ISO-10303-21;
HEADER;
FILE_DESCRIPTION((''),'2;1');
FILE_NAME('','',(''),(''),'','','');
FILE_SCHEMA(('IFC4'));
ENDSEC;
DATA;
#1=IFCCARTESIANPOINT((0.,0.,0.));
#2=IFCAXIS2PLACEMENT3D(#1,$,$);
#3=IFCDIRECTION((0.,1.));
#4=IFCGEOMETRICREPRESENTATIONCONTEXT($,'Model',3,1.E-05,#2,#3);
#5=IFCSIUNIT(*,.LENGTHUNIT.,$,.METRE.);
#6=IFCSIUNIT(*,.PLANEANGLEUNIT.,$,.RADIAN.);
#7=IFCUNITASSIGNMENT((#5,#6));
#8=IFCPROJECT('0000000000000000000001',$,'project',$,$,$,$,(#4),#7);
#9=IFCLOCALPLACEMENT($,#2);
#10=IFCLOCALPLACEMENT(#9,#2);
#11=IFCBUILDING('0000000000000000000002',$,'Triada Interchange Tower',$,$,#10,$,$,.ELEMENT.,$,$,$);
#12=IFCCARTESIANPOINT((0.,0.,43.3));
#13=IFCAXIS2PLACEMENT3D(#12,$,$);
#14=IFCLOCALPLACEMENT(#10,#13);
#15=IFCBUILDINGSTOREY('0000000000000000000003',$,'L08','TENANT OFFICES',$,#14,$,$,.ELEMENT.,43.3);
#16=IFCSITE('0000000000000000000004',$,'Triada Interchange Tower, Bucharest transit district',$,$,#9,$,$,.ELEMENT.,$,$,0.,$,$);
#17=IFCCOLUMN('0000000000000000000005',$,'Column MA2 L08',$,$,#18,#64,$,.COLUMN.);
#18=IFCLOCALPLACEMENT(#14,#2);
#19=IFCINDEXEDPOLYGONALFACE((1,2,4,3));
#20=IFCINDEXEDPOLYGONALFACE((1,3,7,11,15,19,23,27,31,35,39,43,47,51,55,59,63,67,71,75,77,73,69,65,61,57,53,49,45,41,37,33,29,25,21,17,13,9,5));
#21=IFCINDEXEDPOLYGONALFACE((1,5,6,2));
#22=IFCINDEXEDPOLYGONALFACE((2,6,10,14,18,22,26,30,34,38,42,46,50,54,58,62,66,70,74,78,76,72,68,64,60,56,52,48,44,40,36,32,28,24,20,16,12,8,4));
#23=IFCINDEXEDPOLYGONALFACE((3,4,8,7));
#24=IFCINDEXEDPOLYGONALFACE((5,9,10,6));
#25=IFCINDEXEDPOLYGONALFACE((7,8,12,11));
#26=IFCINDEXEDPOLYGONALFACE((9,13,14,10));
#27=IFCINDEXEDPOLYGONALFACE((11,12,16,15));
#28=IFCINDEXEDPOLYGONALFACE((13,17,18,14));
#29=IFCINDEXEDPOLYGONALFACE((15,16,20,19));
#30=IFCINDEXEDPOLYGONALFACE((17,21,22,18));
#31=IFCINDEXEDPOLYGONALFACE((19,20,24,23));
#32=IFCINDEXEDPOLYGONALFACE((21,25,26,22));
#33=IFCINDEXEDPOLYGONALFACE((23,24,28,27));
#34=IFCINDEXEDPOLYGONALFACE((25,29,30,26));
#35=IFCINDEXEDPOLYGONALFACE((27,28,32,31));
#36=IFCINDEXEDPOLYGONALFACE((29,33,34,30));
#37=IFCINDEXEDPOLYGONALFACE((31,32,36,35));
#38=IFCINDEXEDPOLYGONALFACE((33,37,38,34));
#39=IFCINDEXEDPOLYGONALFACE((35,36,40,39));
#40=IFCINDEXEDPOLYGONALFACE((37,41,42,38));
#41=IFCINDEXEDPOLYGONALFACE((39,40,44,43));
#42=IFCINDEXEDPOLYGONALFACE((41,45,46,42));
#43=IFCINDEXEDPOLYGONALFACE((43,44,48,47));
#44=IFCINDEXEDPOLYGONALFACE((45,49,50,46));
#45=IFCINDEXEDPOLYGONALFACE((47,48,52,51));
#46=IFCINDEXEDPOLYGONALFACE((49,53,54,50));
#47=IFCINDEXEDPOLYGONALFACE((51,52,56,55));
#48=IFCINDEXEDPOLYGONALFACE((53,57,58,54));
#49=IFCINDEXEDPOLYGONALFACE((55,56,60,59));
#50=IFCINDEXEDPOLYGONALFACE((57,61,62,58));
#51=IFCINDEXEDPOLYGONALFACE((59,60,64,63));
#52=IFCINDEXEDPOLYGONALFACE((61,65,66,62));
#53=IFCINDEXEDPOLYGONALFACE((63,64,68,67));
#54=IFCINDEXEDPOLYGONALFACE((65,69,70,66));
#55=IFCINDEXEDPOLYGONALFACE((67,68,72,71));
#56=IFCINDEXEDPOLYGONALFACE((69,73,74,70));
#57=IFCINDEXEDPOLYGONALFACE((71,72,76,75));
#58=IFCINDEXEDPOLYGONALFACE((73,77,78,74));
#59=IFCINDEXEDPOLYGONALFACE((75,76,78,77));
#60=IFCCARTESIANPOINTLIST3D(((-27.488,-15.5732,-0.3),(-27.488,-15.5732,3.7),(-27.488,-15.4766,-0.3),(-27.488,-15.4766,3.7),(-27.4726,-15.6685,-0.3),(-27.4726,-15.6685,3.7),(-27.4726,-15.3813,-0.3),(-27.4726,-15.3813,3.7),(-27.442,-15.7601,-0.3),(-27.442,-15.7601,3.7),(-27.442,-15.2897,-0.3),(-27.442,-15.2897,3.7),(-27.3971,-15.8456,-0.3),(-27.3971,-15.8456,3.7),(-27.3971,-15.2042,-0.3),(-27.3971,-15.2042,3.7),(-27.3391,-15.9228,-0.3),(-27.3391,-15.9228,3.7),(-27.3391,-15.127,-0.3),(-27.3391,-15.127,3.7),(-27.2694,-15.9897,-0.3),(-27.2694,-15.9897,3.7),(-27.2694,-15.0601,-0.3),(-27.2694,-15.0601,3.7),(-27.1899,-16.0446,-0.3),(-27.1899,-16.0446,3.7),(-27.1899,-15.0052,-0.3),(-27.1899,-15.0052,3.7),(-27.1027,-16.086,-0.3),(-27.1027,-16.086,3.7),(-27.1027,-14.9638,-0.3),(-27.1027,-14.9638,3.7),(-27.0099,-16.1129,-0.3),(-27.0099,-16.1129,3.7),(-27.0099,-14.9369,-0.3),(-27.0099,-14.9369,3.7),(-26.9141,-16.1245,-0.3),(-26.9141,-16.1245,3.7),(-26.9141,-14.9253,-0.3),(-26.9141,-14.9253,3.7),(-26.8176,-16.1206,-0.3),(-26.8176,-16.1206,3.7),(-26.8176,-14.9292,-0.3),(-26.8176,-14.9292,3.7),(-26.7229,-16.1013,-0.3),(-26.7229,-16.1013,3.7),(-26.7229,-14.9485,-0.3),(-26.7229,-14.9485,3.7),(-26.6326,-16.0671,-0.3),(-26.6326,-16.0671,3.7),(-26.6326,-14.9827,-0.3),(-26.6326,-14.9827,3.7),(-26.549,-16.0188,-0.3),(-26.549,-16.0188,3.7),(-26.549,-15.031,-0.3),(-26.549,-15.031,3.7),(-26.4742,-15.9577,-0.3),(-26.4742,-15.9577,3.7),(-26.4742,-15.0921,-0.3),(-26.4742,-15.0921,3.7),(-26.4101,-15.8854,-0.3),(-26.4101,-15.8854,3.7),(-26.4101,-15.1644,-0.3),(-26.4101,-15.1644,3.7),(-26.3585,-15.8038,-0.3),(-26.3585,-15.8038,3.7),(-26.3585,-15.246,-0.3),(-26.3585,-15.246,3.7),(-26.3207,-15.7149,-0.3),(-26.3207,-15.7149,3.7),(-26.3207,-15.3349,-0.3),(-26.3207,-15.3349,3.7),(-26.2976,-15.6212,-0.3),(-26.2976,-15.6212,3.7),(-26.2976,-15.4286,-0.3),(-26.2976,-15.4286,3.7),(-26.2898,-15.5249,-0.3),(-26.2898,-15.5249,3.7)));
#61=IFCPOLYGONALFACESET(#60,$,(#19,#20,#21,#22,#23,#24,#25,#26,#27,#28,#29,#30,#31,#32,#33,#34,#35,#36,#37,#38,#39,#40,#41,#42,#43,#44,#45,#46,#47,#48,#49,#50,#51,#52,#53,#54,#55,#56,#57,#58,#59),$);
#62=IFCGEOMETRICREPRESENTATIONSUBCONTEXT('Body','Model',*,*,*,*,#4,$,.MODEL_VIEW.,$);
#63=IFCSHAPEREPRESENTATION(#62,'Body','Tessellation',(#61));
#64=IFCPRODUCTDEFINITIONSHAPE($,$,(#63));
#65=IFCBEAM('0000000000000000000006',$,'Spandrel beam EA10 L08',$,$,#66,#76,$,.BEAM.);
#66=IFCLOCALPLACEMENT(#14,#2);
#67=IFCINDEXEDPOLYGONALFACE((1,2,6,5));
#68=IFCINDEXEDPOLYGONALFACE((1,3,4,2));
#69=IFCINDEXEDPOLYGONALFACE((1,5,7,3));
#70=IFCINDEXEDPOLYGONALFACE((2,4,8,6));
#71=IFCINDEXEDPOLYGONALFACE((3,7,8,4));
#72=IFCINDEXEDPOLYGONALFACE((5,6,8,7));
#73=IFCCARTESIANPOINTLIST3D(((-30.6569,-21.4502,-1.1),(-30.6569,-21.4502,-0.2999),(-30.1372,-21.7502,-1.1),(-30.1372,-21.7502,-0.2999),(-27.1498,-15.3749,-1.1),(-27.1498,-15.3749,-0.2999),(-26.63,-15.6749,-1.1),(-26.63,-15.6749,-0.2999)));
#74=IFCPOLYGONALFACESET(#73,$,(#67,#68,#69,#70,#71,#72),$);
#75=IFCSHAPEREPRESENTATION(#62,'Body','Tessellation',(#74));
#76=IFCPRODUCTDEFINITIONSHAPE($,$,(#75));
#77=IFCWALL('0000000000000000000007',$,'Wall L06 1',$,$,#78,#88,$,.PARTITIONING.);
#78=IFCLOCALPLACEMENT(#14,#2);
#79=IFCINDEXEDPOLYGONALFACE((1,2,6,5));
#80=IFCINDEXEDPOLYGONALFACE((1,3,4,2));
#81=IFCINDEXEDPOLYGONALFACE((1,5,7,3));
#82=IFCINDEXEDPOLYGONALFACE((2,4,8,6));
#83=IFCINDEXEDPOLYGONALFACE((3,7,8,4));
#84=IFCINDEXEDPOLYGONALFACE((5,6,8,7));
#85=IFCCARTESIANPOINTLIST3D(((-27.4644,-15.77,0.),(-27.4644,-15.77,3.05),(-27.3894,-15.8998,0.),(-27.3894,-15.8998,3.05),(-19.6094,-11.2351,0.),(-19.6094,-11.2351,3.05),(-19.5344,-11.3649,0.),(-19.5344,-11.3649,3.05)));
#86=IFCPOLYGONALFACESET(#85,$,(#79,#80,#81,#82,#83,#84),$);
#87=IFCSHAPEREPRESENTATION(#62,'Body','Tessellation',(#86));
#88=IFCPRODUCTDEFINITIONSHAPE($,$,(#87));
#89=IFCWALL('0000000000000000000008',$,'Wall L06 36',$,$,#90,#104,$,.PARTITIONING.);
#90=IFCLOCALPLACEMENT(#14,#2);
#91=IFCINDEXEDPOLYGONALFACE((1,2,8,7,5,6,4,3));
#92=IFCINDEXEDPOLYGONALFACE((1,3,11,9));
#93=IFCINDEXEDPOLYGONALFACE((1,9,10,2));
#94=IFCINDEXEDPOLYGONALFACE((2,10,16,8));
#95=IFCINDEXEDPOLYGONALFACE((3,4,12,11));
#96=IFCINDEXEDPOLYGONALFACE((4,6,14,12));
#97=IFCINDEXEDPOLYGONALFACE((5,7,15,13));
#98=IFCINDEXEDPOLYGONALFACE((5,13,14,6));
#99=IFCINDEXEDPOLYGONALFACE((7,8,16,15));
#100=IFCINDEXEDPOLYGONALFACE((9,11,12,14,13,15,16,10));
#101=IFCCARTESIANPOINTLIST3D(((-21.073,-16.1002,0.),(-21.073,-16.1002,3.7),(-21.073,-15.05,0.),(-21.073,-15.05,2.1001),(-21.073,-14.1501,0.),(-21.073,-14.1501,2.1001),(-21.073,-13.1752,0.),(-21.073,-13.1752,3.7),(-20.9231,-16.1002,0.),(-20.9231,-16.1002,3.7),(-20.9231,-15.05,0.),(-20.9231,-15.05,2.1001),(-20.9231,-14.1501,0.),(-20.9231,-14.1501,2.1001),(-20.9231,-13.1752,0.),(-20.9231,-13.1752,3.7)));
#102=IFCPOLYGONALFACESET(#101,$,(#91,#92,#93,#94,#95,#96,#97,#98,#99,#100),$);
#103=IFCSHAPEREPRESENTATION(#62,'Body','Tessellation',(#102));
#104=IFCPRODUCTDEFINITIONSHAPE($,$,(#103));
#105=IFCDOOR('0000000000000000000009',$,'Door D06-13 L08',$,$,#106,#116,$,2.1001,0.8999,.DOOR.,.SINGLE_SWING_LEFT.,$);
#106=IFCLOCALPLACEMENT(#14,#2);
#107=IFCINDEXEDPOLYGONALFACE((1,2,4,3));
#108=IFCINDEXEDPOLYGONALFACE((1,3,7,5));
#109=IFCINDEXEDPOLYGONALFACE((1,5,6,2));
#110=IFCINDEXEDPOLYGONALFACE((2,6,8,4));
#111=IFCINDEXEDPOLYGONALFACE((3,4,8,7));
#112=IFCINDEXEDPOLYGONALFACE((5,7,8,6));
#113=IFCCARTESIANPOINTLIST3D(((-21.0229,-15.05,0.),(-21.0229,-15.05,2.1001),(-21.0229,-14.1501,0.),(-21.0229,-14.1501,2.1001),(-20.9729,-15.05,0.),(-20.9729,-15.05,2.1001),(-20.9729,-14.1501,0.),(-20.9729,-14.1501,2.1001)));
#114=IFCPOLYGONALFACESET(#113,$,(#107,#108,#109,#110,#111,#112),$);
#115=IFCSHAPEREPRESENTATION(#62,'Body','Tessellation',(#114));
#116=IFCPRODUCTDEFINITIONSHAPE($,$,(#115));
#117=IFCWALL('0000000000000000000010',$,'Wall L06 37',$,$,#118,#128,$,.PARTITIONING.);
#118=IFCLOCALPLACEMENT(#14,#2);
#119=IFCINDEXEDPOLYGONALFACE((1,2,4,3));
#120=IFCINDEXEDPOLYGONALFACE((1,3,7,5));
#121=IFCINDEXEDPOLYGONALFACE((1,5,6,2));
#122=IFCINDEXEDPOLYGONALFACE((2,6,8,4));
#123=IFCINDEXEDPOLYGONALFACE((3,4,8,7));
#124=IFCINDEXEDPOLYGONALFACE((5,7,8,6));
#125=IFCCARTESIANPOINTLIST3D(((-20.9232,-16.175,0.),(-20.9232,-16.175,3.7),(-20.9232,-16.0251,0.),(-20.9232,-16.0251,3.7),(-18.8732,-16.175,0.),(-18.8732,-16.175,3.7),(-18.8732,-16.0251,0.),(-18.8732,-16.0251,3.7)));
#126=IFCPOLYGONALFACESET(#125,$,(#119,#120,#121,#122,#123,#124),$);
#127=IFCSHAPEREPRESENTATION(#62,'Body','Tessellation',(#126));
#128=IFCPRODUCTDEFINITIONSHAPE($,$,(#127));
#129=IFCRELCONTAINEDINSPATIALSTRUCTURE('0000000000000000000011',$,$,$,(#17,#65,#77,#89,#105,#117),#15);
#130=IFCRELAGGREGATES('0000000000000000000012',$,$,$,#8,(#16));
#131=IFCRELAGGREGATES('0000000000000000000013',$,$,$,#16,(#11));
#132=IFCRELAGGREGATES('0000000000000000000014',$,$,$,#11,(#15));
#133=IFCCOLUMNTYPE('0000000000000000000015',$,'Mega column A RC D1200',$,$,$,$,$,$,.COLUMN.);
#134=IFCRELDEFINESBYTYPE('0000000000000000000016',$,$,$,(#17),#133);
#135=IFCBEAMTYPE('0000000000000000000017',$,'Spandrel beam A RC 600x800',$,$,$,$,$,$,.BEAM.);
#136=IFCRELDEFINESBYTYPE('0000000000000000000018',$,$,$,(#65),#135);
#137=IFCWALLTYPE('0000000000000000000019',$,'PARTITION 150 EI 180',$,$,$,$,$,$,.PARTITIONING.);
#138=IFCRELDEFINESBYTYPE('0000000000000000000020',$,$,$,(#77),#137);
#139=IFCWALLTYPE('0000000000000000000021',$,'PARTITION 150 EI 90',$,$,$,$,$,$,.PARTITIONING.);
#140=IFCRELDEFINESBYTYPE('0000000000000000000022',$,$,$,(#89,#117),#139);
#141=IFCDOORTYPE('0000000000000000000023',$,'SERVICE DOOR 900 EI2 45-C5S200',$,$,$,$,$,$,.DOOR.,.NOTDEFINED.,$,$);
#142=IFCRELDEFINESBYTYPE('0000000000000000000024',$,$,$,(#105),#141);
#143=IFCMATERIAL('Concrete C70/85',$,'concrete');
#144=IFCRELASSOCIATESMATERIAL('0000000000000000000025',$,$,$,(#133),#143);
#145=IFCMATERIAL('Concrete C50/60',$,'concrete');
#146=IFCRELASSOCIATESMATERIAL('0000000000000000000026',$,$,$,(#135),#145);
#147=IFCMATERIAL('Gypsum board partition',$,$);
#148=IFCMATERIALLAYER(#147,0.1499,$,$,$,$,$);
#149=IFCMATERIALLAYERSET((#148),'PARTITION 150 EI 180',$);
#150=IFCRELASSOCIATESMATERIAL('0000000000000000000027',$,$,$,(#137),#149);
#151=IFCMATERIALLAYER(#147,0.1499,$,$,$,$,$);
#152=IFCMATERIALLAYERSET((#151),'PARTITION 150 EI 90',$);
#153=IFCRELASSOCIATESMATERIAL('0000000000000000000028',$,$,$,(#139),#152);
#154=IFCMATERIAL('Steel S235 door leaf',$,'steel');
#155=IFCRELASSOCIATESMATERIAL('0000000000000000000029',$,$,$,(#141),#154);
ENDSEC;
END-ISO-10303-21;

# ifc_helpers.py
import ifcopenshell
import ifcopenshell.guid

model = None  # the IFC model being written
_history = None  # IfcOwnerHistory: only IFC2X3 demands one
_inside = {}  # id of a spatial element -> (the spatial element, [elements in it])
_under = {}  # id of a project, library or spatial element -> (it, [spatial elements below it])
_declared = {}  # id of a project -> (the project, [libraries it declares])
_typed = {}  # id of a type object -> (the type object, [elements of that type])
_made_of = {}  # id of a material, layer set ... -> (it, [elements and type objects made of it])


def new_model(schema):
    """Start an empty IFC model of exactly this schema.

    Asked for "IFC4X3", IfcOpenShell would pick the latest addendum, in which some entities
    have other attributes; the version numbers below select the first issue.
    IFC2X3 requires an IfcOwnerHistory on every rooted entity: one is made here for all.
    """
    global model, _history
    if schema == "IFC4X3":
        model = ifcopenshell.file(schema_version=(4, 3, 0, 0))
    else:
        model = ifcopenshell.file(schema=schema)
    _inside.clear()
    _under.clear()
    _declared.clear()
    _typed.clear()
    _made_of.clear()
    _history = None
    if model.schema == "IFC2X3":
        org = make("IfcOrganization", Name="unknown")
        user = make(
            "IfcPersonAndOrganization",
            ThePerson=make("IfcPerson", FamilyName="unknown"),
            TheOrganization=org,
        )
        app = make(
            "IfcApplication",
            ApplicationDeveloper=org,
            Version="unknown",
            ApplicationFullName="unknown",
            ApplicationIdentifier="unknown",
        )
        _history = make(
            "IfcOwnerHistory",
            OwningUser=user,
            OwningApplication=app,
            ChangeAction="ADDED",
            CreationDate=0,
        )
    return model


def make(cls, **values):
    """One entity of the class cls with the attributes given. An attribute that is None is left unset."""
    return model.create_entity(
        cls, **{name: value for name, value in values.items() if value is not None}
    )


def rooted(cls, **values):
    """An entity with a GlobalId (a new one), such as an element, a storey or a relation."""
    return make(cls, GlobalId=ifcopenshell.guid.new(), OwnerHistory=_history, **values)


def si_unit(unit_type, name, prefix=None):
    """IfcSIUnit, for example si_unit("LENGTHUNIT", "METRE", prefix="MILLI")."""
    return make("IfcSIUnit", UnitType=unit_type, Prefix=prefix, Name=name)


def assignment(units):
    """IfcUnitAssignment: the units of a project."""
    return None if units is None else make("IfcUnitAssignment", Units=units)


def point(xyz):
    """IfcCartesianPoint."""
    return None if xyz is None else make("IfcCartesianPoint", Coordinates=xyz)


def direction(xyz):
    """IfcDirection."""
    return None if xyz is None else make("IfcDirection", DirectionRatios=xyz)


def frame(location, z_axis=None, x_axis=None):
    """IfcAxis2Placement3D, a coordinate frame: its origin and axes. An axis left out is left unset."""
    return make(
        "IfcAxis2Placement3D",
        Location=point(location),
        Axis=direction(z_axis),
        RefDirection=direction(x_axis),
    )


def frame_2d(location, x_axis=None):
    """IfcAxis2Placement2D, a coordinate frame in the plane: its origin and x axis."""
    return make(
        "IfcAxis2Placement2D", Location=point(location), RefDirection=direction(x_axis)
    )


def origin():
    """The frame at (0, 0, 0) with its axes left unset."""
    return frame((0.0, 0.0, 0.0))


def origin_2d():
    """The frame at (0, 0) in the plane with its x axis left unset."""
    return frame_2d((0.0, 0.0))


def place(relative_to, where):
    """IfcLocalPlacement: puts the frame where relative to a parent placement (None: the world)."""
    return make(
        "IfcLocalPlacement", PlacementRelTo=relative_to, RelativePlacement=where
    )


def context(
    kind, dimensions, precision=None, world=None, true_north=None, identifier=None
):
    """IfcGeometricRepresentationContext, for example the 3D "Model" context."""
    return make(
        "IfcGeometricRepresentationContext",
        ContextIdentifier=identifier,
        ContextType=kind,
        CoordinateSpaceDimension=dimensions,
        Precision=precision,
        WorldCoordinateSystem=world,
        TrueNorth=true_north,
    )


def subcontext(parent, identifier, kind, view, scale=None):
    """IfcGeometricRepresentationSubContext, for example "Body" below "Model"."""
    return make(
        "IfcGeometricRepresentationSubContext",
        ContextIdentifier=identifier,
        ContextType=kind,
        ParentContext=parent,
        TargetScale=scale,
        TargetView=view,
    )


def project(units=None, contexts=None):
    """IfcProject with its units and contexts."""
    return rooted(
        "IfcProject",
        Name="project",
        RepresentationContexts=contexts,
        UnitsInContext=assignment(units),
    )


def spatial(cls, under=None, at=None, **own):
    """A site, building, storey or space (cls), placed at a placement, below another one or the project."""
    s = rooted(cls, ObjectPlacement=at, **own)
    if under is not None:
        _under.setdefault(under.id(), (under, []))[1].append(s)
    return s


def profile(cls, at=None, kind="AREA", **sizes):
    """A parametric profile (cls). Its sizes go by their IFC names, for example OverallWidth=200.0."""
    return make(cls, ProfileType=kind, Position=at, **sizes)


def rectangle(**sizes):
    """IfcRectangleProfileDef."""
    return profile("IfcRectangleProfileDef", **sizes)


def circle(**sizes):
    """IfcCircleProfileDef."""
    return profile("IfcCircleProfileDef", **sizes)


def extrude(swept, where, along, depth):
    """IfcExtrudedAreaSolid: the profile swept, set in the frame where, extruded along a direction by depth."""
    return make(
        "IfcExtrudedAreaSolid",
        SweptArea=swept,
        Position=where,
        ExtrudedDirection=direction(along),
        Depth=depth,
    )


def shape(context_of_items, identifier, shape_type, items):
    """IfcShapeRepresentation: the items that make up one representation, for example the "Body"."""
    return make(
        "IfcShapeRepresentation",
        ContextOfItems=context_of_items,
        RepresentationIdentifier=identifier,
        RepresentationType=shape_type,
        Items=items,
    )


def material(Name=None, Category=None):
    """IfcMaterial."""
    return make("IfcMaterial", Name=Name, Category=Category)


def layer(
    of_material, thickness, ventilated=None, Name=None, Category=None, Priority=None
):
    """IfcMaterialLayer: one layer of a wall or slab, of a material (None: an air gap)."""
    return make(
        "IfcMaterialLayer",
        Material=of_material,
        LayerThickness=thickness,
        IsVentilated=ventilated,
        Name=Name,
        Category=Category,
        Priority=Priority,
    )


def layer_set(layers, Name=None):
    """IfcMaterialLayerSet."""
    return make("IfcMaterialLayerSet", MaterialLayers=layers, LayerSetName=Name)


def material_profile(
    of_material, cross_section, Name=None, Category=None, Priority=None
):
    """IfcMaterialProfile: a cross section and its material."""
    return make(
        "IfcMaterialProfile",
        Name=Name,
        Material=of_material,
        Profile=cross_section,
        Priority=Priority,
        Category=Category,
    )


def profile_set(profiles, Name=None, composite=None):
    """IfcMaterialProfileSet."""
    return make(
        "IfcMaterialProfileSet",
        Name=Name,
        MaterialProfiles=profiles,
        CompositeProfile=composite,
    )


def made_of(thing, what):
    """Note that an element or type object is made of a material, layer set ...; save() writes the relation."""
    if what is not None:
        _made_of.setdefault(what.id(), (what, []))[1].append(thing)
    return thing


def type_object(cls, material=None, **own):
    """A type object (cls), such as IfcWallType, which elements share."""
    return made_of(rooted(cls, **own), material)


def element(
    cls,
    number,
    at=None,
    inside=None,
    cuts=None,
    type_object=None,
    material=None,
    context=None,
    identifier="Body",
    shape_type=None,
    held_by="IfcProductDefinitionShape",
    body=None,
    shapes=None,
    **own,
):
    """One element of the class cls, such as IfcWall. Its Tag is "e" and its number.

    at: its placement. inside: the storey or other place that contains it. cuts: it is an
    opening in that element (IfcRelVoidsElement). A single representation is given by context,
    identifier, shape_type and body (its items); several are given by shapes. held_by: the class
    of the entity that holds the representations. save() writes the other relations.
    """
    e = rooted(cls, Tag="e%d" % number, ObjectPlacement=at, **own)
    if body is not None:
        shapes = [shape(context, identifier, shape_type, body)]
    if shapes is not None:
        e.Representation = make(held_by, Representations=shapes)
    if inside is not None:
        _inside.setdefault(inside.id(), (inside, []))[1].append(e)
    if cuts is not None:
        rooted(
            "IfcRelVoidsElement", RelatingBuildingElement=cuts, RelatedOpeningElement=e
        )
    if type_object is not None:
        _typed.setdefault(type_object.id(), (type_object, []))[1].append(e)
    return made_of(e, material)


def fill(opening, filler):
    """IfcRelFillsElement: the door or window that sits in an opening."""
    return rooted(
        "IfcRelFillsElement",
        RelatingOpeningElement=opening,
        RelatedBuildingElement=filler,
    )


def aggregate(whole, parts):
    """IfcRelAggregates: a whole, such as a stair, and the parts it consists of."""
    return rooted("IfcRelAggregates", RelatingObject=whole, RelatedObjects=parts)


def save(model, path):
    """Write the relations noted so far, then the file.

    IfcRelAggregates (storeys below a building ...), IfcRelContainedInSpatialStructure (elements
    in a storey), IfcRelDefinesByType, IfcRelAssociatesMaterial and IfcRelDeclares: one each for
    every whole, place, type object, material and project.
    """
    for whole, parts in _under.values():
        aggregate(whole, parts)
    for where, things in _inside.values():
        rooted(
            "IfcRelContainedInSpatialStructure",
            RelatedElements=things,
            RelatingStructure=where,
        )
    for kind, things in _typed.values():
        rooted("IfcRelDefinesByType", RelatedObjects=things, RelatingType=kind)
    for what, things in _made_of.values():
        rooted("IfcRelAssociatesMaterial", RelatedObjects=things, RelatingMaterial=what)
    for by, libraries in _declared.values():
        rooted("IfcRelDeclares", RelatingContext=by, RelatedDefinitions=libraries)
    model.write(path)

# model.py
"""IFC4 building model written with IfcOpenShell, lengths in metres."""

from ifc_helpers import new_model, si_unit, direction, frame, frame_2d, origin, origin_2d, place, context, subcontext, project, spatial, rectangle, circle, extrude, material, layer, layer_set, material_profile, profile_set, type_object, element, fill, save


model = new_model("IFC4")

# Units and contexts
model_context = context("Model", 3, precision=1e-05, world=origin(), true_north=direction((0.0, 1.0)))
body_context = subcontext(model_context, "Body", "Model", "MODEL_VIEW")
ifc_project = project(units=[si_unit("LENGTHUNIT", "METRE"), si_unit("PLANEANGLEUNIT", "RADIAN")], contexts=[model_context])

# Site, building, storey
site_placement = place(None, origin())
site = spatial("IfcSite", under=ifc_project, at=site_placement, Name="Triada Interchange Tower, Bucharest transit district", CompositionType="ELEMENT", RefElevation=0.0)
building_placement = place(site_placement, origin())
building = spatial("IfcBuilding", under=site, at=building_placement, Name="Triada Interchange Tower", CompositionType="ELEMENT")
storey_placement = place(building_placement, frame((0.0, 0.0, 43.3)))
storey = spatial("IfcBuildingStorey", under=building, at=storey_placement, Name="L08", Description="TENANT OFFICES", CompositionType="ELEMENT", Elevation=43.3)

# Column
ifc_material_1 = material(Name="Concrete C70/85", Category="concrete")
ifc_material_profile_1 = material_profile(ifc_material_1, circle(Radius=0.6001, at=origin_2d()), Name="RC D1200")
ifc_profile_set_1 = profile_set([ifc_material_profile_1], Name="Concrete C70/85")
column_type = type_object("IfcColumnType", Name="Mega column A RC D1200", PredefinedType="COLUMN", material=ifc_profile_set_1)
column_placement = place(storey_placement, frame((-26.8899, -15.5249, -0.3), z_axis=(0.0, 0.0, 1.0), x_axis=(1.0, 0.0, 0.0)))
element("IfcColumn", 1, at=column_placement, inside=storey, type_object=column_type, Name="Column MA2 L08", PredefinedType="COLUMN", context=body_context, shape_type="SweptSolid", body=[
    extrude(circle(Radius=0.6001, at=origin_2d()), origin(), (0.0, 0.0, 1.0), 4.0),
])

# Beam
ifc_material_2 = material(Name="Concrete C50/60", Category="concrete")
ifc_material_profile_2 = material_profile(ifc_material_2, rectangle(XDim=0.6001, YDim=0.8, at=origin_2d()), Name="RC 600x800")
ifc_profile_set_2 = profile_set([ifc_material_profile_2], Name="Concrete C50/60")
beam_type = type_object("IfcBeamType", Name="Spandrel beam A RC 600x800", PredefinedType="BEAM", material=ifc_profile_set_2)
beam_placement = place(storey_placement, frame((-26.8899, -15.5249, -0.7), z_axis=(-0.499953, -0.866052, 0.0), x_axis=(0.866052, -0.499953, 0.0)))
element("IfcBeam", 2, at=beam_placement, inside=storey, type_object=beam_type, Name="Spandrel beam EA10 L08", PredefinedType="BEAM", context=body_context, shape_type="SweptSolid", body=[
    extrude(rectangle(XDim=0.6001, YDim=0.8, at=origin_2d()), origin(), (0.0, 0.0, 1.0), 7.0149),
])

# Wall
ifc_material_3 = material(Name="Gypsum board partition")
ifc_layer_1 = layer(ifc_material_3, 0.1499)
ifc_layer_set_1 = layer_set([ifc_layer_1], Name="PARTITION 150 EI 180")
wall_type_1 = type_object("IfcWallType", Name="PARTITION 150 EI 180", PredefinedType="PARTITIONING", material=ifc_layer_set_1)
wall_1_placement = place(storey_placement, frame((-27.427, -15.835, 0.0), z_axis=(0.0, 0.0, 1.0), x_axis=(0.866033, 0.499987, 0.0)))
element("IfcWall", 3, at=wall_1_placement, inside=storey, type_object=wall_type_1, Name="Wall L06 1", PredefinedType="PARTITIONING", context=body_context, shape_type="SweptSolid", body=[
    extrude(rectangle(XDim=9.0701, YDim=0.1499, at=frame_2d((4.5352, 0.0))), origin(), (0.0, 0.0, 1.0), 3.05),
])

# Wall, opening, door
ifc_layer_2 = layer(ifc_material_3, 0.1499)
ifc_layer_set_2 = layer_set([ifc_layer_2], Name="PARTITION 150 EI 90")
wall_type_2 = type_object("IfcWallType", Name="PARTITION 150 EI 90", PredefinedType="PARTITIONING", material=ifc_layer_set_2)
wall_2_placement = place(storey_placement, frame((-20.998, -16.1001, 0.0), z_axis=(0.0, 0.0, 1.0), x_axis=(0.0, 1.0, 0.0)))
wall_2 = element("IfcWall", 4, at=wall_2_placement, inside=storey, type_object=wall_type_2, Name="Wall L06 36", PredefinedType="PARTITIONING", context=body_context, shape_type="SweptSolid", body=[
    extrude(rectangle(XDim=2.925, YDim=0.1499, at=frame_2d((1.4624, 0.0))), origin(), (0.0, 0.0, 1.0), 3.7),
])
opening_placement = place(wall_2_placement, frame((1.05, 0.0, 0.0)))
opening = element("IfcOpeningElement", 5, at=opening_placement, cuts=wall_2, PredefinedType="OPENING", context=body_context, shape_type="SweptSolid", body=[
    extrude(rectangle(XDim=0.8999, YDim=2.1001, at=frame_2d((0.45, 1.05))), frame((0.0, 0.085, 0.0), z_axis=(0.0, -1.0, 0.0), x_axis=(1.0, 0.0, 0.0)), (0.0, 0.0, 1.0), 0.1699),
])
ifc_material_4 = material(Name="Steel S235 door leaf", Category="steel")
door_type = type_object("IfcDoorType", Name="SERVICE DOOR 900 EI2 45-C5S200", OperationType="NOTDEFINED", PredefinedType="DOOR", material=ifc_material_4)
door_placement = place(opening_placement, origin())
door = element("IfcDoor", 6, at=door_placement, inside=storey, type_object=door_type, Name="Door D06-13 L08", OperationType="SINGLE_SWING_LEFT", OverallHeight=2.1001, OverallWidth=0.8999, PredefinedType="DOOR", context=body_context, shape_type="SweptSolid", body=[
    extrude(rectangle(XDim=0.8999, YDim=2.1001, at=frame_2d((0.45, 1.05))), frame((0.0, 0.0249, 0.0), z_axis=(0.0, -1.0, 0.0), x_axis=(1.0, 0.0, 0.0)), (0.0, 0.0, 1.0), 0.05),
])
fill(opening, door)

# Wall
wall_3_placement = place(storey_placement, frame((-20.9231, -16.1001, 0.0), z_axis=(0.0, 0.0, 1.0), x_axis=(1.0, 0.0, 0.0)))
element("IfcWall", 7, at=wall_3_placement, inside=storey, type_object=wall_type_2, Name="Wall L06 37", PredefinedType="PARTITIONING", context=body_context, shape_type="SweptSolid", body=[
    extrude(rectangle(XDim=2.05, YDim=0.1499, at=frame_2d((1.0249, 0.0))), origin(), (0.0, 0.0, 1.0), 3.7),
])

save(model, "model.ifc")
